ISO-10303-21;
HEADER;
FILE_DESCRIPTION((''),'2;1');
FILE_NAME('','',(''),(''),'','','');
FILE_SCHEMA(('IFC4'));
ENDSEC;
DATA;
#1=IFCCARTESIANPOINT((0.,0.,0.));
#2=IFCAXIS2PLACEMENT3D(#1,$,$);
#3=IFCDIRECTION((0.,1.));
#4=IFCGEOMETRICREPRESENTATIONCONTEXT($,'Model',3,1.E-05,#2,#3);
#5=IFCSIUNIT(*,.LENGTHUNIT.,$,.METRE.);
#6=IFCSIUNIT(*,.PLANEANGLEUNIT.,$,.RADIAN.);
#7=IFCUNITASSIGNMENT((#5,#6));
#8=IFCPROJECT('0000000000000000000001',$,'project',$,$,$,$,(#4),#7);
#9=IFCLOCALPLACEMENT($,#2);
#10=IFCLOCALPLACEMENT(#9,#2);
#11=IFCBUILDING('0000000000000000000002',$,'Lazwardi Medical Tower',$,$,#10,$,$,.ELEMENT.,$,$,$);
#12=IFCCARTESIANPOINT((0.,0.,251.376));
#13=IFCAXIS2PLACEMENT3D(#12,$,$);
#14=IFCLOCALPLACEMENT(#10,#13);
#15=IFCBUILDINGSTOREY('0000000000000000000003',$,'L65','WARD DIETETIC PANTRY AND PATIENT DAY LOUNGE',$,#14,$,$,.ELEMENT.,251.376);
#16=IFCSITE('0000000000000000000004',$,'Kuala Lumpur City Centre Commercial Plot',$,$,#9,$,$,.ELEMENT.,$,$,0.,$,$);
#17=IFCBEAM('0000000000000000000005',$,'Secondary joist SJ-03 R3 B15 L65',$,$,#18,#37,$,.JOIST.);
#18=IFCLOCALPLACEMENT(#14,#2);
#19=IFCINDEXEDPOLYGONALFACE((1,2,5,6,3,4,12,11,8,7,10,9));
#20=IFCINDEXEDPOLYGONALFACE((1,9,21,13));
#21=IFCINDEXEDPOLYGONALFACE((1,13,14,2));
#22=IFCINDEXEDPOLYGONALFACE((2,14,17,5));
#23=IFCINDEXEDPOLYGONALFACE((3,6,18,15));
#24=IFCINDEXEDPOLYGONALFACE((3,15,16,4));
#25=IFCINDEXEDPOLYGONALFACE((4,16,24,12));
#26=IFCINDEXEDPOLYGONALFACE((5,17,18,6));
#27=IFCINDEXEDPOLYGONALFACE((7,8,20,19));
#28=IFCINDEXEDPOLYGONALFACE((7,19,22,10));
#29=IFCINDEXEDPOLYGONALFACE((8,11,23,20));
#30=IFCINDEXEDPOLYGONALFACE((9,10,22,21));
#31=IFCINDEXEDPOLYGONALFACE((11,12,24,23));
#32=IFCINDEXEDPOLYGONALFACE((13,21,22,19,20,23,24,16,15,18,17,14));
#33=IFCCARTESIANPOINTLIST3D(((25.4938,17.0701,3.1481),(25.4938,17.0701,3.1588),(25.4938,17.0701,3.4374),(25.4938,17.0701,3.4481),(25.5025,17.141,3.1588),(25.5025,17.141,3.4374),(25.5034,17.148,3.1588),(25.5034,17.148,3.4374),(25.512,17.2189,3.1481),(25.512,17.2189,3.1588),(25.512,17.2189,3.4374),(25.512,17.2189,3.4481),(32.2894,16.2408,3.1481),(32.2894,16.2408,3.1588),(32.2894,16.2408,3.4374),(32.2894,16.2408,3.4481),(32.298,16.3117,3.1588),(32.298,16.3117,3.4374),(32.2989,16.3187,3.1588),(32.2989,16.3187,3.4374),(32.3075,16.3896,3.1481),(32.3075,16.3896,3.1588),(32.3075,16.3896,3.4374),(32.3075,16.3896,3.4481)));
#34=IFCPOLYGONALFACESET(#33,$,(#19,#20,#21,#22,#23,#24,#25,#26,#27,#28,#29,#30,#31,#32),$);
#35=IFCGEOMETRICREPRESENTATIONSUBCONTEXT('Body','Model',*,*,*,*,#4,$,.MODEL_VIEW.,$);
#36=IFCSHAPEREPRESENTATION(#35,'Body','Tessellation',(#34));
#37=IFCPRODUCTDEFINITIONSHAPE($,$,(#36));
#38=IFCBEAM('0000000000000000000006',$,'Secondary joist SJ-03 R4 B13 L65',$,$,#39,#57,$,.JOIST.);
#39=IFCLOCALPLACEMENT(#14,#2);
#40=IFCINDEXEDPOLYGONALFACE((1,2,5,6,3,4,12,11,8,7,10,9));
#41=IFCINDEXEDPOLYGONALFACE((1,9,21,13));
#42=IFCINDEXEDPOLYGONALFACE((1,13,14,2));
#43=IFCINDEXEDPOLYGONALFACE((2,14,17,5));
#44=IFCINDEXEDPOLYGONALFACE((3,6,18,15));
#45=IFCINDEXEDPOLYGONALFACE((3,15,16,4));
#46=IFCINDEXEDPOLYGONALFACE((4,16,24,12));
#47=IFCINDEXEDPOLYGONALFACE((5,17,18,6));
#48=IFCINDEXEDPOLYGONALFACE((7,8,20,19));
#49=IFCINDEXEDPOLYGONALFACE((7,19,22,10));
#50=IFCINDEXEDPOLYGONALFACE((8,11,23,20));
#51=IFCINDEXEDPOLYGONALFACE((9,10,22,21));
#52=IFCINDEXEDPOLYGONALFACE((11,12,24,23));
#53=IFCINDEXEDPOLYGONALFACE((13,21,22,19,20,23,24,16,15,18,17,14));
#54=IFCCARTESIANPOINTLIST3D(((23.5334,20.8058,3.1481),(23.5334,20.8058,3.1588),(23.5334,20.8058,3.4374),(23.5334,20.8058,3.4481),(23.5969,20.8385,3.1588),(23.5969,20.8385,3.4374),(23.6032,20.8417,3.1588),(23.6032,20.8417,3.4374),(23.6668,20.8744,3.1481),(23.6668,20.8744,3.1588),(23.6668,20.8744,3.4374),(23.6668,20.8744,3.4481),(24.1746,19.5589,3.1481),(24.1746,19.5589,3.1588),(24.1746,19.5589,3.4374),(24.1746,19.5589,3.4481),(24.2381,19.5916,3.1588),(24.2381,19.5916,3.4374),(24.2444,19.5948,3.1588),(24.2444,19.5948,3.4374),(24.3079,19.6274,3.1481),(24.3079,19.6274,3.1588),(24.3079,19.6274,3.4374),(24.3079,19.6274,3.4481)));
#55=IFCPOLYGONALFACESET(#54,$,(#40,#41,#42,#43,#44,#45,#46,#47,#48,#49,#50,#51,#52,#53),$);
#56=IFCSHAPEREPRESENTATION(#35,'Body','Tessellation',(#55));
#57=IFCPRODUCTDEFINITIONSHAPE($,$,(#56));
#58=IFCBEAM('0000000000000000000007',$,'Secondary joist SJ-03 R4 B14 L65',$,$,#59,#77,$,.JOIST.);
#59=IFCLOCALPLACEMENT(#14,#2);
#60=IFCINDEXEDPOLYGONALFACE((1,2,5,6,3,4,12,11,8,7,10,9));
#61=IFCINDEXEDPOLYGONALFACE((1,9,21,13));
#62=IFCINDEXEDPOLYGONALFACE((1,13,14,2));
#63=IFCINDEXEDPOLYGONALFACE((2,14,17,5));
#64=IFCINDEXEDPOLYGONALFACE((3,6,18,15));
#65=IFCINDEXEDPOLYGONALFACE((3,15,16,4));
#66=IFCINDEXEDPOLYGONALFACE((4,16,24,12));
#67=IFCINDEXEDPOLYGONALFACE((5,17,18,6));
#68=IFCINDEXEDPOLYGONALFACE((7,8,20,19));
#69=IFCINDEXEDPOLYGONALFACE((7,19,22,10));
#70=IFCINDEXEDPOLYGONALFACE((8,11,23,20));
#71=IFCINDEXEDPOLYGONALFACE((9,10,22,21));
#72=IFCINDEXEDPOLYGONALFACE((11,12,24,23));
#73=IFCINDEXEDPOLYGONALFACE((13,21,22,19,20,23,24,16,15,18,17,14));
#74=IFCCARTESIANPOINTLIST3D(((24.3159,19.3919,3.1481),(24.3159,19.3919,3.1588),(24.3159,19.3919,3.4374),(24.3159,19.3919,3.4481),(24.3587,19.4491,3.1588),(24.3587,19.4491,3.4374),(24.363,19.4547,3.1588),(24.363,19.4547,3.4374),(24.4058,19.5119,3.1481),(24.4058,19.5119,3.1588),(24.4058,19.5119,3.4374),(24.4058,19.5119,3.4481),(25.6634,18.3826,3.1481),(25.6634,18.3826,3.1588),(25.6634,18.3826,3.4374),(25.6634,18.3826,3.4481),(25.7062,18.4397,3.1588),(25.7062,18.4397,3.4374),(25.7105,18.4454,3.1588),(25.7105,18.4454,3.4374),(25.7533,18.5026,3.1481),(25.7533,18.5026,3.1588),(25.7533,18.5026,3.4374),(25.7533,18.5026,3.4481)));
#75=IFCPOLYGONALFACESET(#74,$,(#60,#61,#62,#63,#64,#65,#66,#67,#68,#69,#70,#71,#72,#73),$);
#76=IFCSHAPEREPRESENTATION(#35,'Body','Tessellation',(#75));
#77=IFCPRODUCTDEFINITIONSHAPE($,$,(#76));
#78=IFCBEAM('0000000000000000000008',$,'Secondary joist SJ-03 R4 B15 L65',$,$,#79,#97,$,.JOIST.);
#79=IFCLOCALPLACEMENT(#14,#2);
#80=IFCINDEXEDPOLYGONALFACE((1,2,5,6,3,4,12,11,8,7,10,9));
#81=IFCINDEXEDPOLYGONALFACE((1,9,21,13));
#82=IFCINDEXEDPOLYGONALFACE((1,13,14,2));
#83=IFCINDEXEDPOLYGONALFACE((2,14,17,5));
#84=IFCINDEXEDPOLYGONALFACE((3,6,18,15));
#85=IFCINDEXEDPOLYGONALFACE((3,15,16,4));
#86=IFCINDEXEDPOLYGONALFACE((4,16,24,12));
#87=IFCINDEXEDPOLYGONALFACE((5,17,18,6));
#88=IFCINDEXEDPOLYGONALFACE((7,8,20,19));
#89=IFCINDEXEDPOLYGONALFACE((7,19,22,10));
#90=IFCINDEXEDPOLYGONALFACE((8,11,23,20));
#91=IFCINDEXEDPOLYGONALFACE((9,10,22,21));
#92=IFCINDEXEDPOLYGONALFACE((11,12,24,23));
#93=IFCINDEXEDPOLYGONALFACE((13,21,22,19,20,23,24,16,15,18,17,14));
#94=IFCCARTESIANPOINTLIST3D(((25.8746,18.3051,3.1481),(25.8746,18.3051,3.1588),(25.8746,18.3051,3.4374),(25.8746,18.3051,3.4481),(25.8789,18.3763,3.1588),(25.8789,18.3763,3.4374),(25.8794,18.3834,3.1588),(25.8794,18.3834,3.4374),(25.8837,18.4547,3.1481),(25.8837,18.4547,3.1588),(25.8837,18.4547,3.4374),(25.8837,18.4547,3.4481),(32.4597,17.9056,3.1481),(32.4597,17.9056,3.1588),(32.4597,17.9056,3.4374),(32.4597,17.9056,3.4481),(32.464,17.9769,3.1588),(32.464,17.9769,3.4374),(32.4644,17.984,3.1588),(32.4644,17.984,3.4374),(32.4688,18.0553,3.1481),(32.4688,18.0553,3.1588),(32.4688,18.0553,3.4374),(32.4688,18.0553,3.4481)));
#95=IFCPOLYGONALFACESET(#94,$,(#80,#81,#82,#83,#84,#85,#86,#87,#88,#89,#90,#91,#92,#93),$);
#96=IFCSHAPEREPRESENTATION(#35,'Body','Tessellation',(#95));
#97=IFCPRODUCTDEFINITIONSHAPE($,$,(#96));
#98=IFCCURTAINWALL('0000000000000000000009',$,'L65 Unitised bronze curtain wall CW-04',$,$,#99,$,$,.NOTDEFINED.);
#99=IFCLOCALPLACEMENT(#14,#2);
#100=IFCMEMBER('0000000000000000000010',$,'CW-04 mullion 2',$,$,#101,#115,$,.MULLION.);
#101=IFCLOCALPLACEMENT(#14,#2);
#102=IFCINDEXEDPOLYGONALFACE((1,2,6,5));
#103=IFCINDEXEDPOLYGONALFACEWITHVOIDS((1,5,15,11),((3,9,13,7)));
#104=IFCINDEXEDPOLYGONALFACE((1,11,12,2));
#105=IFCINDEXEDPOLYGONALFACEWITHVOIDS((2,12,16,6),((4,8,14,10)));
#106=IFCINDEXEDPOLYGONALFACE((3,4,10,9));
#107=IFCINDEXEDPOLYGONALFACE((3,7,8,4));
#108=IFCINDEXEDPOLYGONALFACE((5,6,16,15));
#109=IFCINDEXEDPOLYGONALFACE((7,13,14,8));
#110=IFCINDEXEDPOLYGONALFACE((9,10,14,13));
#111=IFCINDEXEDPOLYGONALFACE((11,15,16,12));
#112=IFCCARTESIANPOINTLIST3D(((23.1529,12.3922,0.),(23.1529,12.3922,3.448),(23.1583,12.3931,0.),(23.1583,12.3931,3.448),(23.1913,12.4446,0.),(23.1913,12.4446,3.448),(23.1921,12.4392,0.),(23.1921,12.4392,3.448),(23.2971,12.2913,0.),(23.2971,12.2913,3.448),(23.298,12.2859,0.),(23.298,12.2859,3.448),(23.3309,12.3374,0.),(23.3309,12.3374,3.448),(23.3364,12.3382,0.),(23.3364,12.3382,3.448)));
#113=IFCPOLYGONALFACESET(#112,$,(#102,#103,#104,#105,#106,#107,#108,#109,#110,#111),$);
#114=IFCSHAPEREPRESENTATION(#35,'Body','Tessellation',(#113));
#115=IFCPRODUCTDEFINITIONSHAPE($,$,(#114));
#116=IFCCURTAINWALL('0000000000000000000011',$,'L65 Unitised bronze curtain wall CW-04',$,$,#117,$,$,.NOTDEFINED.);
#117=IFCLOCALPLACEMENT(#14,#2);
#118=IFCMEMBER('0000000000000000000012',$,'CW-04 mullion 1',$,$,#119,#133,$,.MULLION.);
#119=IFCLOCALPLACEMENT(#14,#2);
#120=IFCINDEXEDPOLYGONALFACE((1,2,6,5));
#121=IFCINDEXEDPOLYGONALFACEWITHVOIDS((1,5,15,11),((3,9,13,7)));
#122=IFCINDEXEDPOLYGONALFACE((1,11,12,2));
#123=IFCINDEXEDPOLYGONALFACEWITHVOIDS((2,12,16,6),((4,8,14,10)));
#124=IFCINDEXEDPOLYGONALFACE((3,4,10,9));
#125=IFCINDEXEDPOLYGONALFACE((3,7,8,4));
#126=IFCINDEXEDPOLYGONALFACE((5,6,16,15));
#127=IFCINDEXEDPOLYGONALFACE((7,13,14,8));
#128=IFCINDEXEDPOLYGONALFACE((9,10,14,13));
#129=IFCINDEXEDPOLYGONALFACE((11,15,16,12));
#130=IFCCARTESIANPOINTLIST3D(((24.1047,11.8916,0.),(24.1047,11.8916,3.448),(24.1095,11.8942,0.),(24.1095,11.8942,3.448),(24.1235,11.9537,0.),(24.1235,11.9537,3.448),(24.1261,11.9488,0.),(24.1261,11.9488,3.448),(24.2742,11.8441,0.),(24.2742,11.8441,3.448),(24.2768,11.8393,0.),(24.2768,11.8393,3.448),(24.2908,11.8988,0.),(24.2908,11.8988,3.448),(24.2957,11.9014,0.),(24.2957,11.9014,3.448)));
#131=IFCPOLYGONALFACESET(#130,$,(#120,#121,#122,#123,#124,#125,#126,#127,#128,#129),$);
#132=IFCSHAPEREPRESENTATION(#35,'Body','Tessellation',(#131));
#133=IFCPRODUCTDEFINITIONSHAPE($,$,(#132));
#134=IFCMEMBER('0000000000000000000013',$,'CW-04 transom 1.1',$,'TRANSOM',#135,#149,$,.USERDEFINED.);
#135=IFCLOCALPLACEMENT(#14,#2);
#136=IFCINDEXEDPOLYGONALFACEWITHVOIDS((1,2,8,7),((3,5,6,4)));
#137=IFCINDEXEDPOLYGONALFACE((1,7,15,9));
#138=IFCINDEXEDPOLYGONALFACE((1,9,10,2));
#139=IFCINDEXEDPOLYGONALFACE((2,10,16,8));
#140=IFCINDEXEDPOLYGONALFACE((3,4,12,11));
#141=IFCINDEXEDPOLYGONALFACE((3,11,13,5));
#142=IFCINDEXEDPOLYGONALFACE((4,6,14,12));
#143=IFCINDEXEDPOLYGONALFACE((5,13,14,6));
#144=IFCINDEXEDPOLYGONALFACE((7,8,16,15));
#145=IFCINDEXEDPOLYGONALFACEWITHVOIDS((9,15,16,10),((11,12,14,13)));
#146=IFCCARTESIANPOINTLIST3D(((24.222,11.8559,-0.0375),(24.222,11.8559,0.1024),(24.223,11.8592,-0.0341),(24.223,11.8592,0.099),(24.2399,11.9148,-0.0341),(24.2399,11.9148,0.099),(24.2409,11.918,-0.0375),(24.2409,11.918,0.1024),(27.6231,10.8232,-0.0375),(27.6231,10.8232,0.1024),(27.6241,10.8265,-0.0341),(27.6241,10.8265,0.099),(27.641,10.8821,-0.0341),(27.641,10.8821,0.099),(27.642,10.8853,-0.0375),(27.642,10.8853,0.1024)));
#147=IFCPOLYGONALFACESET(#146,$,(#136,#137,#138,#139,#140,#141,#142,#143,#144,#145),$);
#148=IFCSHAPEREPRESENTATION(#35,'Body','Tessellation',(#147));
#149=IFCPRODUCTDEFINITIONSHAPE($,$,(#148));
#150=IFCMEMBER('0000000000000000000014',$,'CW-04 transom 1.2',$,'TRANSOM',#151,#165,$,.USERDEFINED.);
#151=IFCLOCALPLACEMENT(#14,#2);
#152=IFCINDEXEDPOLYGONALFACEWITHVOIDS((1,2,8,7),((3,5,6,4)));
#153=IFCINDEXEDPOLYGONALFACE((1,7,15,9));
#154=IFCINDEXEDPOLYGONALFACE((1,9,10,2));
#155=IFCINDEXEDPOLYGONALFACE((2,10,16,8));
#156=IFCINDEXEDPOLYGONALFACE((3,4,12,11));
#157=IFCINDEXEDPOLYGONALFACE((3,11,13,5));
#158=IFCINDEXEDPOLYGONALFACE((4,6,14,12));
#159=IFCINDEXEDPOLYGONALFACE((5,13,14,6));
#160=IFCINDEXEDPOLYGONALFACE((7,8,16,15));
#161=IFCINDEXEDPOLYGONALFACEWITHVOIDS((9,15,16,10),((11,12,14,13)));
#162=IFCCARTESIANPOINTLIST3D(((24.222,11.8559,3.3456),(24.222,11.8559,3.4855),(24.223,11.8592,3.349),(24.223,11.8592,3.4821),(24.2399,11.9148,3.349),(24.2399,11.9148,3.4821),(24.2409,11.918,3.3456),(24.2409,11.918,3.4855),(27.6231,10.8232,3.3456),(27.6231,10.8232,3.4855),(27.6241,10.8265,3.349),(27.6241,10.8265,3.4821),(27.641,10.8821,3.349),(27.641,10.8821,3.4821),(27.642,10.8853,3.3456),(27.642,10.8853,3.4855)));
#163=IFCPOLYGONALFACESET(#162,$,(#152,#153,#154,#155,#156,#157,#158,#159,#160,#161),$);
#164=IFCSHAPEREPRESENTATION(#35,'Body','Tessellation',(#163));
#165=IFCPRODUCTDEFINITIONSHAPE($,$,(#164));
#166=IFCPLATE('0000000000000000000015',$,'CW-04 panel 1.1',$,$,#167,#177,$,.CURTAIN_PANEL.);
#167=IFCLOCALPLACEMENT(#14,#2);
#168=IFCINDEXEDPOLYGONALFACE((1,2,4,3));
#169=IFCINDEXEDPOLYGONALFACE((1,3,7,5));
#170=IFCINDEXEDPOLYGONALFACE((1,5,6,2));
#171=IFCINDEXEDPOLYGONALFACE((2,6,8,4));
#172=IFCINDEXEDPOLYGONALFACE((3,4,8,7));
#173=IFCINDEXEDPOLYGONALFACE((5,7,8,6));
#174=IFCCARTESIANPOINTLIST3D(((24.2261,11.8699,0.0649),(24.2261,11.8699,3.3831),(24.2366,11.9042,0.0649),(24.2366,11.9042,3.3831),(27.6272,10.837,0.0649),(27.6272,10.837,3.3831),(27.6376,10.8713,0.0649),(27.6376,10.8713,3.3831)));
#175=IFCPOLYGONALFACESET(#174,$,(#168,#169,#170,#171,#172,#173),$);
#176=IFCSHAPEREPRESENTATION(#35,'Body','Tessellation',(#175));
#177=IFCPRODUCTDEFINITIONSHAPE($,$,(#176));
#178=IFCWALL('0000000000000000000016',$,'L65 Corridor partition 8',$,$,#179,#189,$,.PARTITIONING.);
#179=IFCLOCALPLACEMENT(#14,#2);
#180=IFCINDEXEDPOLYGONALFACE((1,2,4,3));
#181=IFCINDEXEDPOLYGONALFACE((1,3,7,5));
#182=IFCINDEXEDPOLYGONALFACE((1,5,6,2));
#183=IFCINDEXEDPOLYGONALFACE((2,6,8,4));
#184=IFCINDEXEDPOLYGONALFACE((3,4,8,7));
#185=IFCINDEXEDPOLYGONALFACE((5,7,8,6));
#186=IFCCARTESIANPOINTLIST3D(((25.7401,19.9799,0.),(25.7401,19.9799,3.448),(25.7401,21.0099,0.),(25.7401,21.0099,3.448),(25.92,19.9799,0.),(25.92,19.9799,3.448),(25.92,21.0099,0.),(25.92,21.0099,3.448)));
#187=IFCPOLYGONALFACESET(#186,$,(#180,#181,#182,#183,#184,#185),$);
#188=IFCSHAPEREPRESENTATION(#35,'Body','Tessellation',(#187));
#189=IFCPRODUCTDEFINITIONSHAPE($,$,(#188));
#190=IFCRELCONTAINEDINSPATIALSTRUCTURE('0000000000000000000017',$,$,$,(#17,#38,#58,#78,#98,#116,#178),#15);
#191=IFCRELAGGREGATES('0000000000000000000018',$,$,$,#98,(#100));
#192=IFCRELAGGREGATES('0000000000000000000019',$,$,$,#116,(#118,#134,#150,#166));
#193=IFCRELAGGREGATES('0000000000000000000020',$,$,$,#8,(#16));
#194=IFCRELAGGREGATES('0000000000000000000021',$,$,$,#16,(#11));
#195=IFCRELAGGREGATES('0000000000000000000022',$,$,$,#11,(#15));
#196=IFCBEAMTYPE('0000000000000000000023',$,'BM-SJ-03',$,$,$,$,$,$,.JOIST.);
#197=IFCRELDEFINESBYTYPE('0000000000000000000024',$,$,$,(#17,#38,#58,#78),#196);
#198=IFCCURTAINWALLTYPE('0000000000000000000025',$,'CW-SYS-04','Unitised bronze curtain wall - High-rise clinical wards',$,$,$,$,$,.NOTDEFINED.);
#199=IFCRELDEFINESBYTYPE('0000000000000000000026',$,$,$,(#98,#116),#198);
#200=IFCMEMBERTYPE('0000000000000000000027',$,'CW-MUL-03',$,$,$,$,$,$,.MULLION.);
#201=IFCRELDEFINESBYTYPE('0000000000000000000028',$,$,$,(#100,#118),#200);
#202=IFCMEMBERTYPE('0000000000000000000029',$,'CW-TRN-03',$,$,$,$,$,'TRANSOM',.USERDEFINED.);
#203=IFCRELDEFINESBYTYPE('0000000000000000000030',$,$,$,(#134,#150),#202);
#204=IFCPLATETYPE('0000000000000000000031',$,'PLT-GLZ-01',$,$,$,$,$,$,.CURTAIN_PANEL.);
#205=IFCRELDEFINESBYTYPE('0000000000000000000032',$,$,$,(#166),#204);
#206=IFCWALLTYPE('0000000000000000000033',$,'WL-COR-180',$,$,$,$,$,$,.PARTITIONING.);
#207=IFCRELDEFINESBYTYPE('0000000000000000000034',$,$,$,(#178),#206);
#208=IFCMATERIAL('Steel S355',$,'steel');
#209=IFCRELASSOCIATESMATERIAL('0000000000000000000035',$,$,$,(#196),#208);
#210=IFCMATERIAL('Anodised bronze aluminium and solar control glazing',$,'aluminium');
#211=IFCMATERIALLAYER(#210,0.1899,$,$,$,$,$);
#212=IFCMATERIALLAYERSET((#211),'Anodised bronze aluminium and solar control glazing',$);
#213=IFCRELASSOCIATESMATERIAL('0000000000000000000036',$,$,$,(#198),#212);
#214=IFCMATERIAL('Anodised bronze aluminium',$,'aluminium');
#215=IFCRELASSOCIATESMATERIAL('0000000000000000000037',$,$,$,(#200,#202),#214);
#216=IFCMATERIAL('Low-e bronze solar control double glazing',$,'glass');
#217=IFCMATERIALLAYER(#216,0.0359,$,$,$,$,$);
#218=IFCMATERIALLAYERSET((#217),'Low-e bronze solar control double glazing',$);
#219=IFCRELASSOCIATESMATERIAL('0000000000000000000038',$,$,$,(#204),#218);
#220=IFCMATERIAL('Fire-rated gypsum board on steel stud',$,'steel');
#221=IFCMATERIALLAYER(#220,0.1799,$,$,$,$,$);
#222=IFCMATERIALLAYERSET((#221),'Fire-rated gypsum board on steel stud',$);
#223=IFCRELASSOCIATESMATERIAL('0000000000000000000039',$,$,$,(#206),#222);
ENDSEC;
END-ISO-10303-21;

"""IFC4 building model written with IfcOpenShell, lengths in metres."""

from ifc_helpers import new_model, si_unit, direction, frame, frame_2d, origin, origin_2d, place, context, subcontext, project, spatial, rectangle, hollow_rectangle, i_section, extrude, material, layer, layer_set, material_profile, profile_set, type_object, element, aggregate, save


model = new_model("IFC4")

# Units and contexts
model_context = context("Model", 3, precision=1e-05, world=origin(), true_north=direction((0.0, 1.0)))
body_context = subcontext(model_context, "Body", "Model", "MODEL_VIEW")
ifc_project = project(units=[si_unit("LENGTHUNIT", "METRE"), si_unit("PLANEANGLEUNIT", "RADIAN")], contexts=[model_context])

# Site, building, storey
site_placement = place(None, origin())
site = spatial("IfcSite", under=ifc_project, at=site_placement, Name="Kuala Lumpur City Centre Commercial Plot", CompositionType="ELEMENT", RefElevation=0.0)
building_placement = place(site_placement, origin())
building = spatial("IfcBuilding", under=site, at=building_placement, Name="Lazwardi Medical Tower", CompositionType="ELEMENT")
storey_placement = place(building_placement, frame((0.0, 0.0, 251.376)))
storey = spatial("IfcBuildingStorey", under=building, at=storey_placement, Name="L65", Description="WARD DIETETIC PANTRY AND PATIENT DAY LOUNGE", CompositionType="ELEMENT", Elevation=251.376)

# Beams
ifc_material_1 = material(Name="Steel S355", Category="steel")
ifc_material_profile_1 = material_profile(ifc_material_1, i_section(OverallWidth=0.1499, OverallDepth=0.3, WebThickness=0.0071, FlangeThickness=0.0107, at=origin_2d()), Name="IPE 300")
ifc_profile_set_1 = profile_set([ifc_material_profile_1], Name="Steel S355")
beam_type_1 = type_object("IfcBeamType", Name="BM-SJ-03", PredefinedType="JOIST", material=ifc_profile_set_1)
beam_1_placement = place(storey_placement, frame((25.5029, 17.1445, 3.2981), z_axis=(0.992635, -0.121146, 0.0), x_axis=(0.121146, 0.992635, 0.0)))
element("IfcBeam", 1, at=beam_1_placement, inside=storey, type_object=beam_type_1, Name="Secondary joist SJ-03 R3 B15 L65", PredefinedType="JOIST", context=body_context, shape_type="SweptSolid", body=[
    extrude(i_section(OverallWidth=0.1499, OverallDepth=0.3, WebThickness=0.0071, FlangeThickness=0.0107, at=origin_2d()), origin(), (0.0, 0.0, 1.0), 6.8459),
])
beam_2_placement = place(storey_placement, frame((23.6001, 20.8401, 3.2981), z_axis=(0.457285, -0.88932, 0.0), x_axis=(0.88932, 0.457285, 0.0)))
element("IfcBeam", 2, at=beam_2_placement, inside=storey, type_object=beam_type_1, Name="Secondary joist SJ-03 R4 B13 L65", PredefinedType="JOIST", context=body_context, shape_type="SweptSolid", body=[
    extrude(i_section(OverallWidth=0.1499, OverallDepth=0.3, WebThickness=0.0071, FlangeThickness=0.0107, at=origin_2d()), origin(), (0.0, 0.0, 1.0), 1.4021),
])
beam_3_placement = place(storey_placement, frame((24.3608, 19.4519, 3.2981), z_axis=(0.800365, -0.599513, 0.0), x_axis=(0.599513, 0.800365, 0.0)))
element("IfcBeam", 3, at=beam_3_placement, inside=storey, type_object=beam_type_1, Name="Secondary joist SJ-03 R4 B14 L65", PredefinedType="JOIST", context=body_context, shape_type="SweptSolid", body=[
    extrude(i_section(OverallWidth=0.1499, OverallDepth=0.3, WebThickness=0.0071, FlangeThickness=0.0107, at=origin_2d()), origin(), (0.0, 0.0, 1.0), 1.6836),
])
beam_4_placement = place(storey_placement, frame((25.8792, 18.3799, 3.2981), z_axis=(0.998166, -0.060544, 0.0), x_axis=(0.060544, 0.998166, 0.0)))
element("IfcBeam", 4, at=beam_4_placement, inside=storey, type_object=beam_type_1, Name="Secondary joist SJ-03 R4 B15 L65", PredefinedType="JOIST", context=body_context, shape_type="SweptSolid", body=[
    extrude(i_section(OverallWidth=0.1499, OverallDepth=0.3, WebThickness=0.0071, FlangeThickness=0.0107, at=origin_2d()), origin(), (0.0, 0.0, 1.0), 6.5972),
])

# Curtain wall, member
ifc_material_2 = material(Name="Anodised bronze aluminium and solar control glazing", Category="aluminium")
ifc_layer_1 = layer(ifc_material_2, 0.1899)
ifc_layer_set_1 = layer_set([ifc_layer_1], Name="Anodised bronze aluminium and solar control glazing")
curtain_wall_type = type_object("IfcCurtainWallType", Name="CW-SYS-04", Description="Unitised bronze curtain wall - High-rise clinical wards", PredefinedType="NOTDEFINED", material=ifc_layer_set_1)
curtain_wall_1_placement = place(storey_placement, origin())
curtain_wall_1 = element("IfcCurtainWall", 5, at=curtain_wall_1_placement, inside=storey, type_object=curtain_wall_type, Name="L65 Unitised bronze curtain wall CW-04", PredefinedType="NOTDEFINED")
ifc_material_3 = material(Name="Anodised bronze aluminium", Category="aluminium")
ifc_material_profile_2 = material_profile(ifc_material_3, hollow_rectangle(XDim=0.0649, YDim=0.1799, WallThickness=0.0039, at=origin_2d()), Name="ALU-MULLION 180x65x4")
ifc_profile_set_2 = profile_set([ifc_material_profile_2], Name="Anodised bronze aluminium")
member_type_1 = type_object("IfcMemberType", Name="CW-MUL-03", PredefinedType="MULLION", material=ifc_profile_set_2)
member_1_placement = place(storey_placement, frame((23.2446, 12.3652, 0.0), z_axis=(0.0, 0.0, 1.0), x_axis=(0.591268, 0.806475, 0.0)))
member_1 = element("IfcMember", 6, at=member_1_placement, type_object=member_type_1, Name="CW-04 mullion 2", PredefinedType="MULLION", context=body_context, shape_type="SweptSolid", body=[
    extrude(hollow_rectangle(XDim=0.0649, YDim=0.1799, WallThickness=0.0039, at=origin_2d()), origin(), (0.0, 0.0, 1.0), 3.448),
])
aggregate(curtain_wall_1, [member_1])

# Curtain wall, members, plate
curtain_wall_2_placement = place(storey_placement, origin())
curtain_wall_2 = element("IfcCurtainWall", 7, at=curtain_wall_2_placement, inside=storey, type_object=curtain_wall_type, Name="L65 Unitised bronze curtain wall CW-04", PredefinedType="NOTDEFINED")
member_2_placement = place(storey_placement, frame((24.2002, 11.8965, 0.0), z_axis=(0.0, 0.0, 1.0), x_axis=(0.290582, 0.95685, 0.0)))
member_2 = element("IfcMember", 8, at=member_2_placement, type_object=member_type_1, Name="CW-04 mullion 1", PredefinedType="MULLION", context=body_context, shape_type="SweptSolid", body=[
    extrude(hollow_rectangle(XDim=0.0649, YDim=0.1799, WallThickness=0.0039, at=origin_2d()), origin(), (0.0, 0.0, 1.0), 3.448),
])
ifc_material_profile_3 = material_profile(ifc_material_3, hollow_rectangle(XDim=0.0649, YDim=0.1399, WallThickness=0.0034, at=origin_2d()), Name="ALU-TRANSOM 140x65x3.5")
ifc_profile_set_3 = profile_set([ifc_material_profile_3], Name="Anodised bronze aluminium")
member_type_2 = type_object("IfcMemberType", Name="CW-TRN-03", ElementType="TRANSOM", PredefinedType="USERDEFINED", material=ifc_profile_set_3)
member_3_placement = place(storey_placement, frame((24.2314, 11.887, 0.0325), z_axis=(0.956863, -0.290541, 0.0), x_axis=(0.290541, 0.956863, 0.0)))
member_3 = element("IfcMember", 9, at=member_3_placement, type_object=member_type_2, Name="CW-04 transom 1.1", ObjectType="TRANSOM", PredefinedType="USERDEFINED", context=body_context, shape_type="SweptSolid", body=[
    extrude(hollow_rectangle(XDim=0.0649, YDim=0.1399, WallThickness=0.0034, at=origin_2d()), origin(), (0.0, 0.0, 1.0), 3.5544),
])
member_4_placement = place(storey_placement, frame((24.2314, 11.887, 3.4155), z_axis=(0.956863, -0.290541, 0.0), x_axis=(0.290541, 0.956863, 0.0)))
member_4 = element("IfcMember", 10, at=member_4_placement, type_object=member_type_2, Name="CW-04 transom 1.2", ObjectType="TRANSOM", PredefinedType="USERDEFINED", context=body_context, shape_type="SweptSolid", body=[
    extrude(hollow_rectangle(XDim=0.0649, YDim=0.1399, WallThickness=0.0034, at=origin_2d()), origin(), (0.0, 0.0, 1.0), 3.5544),
])
ifc_material_4 = material(Name="Low-e bronze solar control double glazing", Category="glass")
ifc_layer_2 = layer(ifc_material_4, 0.0359)
ifc_layer_set_2 = layer_set([ifc_layer_2], Name="Low-e bronze solar control double glazing")
plate_type = type_object("IfcPlateType", Name="PLT-GLZ-01", PredefinedType="CURTAIN_PANEL", material=ifc_layer_set_2)
plate_placement = place(storey_placement, frame((25.9319, 11.3706, 0.0649), z_axis=(0.0, 0.0, 1.0), x_axis=(0.95685, -0.290582, 0.0)))
plate = element("IfcPlate", 11, at=plate_placement, type_object=plate_type, Name="CW-04 panel 1.1", PredefinedType="CURTAIN_PANEL", context=body_context, shape_type="SweptSolid", body=[
    extrude(rectangle(XDim=3.5544, YDim=0.0359, at=origin_2d()), origin(), (0.0, 0.0, 1.0), 3.3181),
])
aggregate(curtain_wall_2, [member_2, member_3, member_4, plate])

# Wall
ifc_material_5 = material(Name="Fire-rated gypsum board on steel stud", Category="steel")
ifc_layer_3 = layer(ifc_material_5, 0.1799)
ifc_layer_set_3 = layer_set([ifc_layer_3], Name="Fire-rated gypsum board on steel stud")
wall_type_1 = type_object("IfcWallType", Name="WL-COR-180", PredefinedType="PARTITIONING", material=ifc_layer_set_3)
wall_1_placement = place(storey_placement, frame((25.8301, 21.01, 0.0), z_axis=(0.0, 0.0, 1.0), x_axis=(0.0, -1.0, 0.0)))
element("IfcWall", 12, at=wall_1_placement, inside=storey, type_object=wall_type_1, Name="L65 Corridor partition 8", PredefinedType="PARTITIONING", context=body_context, shape_type="SweptSolid", body=[
    extrude(rectangle(XDim=1.03, YDim=0.1799, at=frame_2d((0.5151, 0.0))), origin(), (0.0, 0.0, 1.0), 3.448),
])

save(model, "model.ifc")
